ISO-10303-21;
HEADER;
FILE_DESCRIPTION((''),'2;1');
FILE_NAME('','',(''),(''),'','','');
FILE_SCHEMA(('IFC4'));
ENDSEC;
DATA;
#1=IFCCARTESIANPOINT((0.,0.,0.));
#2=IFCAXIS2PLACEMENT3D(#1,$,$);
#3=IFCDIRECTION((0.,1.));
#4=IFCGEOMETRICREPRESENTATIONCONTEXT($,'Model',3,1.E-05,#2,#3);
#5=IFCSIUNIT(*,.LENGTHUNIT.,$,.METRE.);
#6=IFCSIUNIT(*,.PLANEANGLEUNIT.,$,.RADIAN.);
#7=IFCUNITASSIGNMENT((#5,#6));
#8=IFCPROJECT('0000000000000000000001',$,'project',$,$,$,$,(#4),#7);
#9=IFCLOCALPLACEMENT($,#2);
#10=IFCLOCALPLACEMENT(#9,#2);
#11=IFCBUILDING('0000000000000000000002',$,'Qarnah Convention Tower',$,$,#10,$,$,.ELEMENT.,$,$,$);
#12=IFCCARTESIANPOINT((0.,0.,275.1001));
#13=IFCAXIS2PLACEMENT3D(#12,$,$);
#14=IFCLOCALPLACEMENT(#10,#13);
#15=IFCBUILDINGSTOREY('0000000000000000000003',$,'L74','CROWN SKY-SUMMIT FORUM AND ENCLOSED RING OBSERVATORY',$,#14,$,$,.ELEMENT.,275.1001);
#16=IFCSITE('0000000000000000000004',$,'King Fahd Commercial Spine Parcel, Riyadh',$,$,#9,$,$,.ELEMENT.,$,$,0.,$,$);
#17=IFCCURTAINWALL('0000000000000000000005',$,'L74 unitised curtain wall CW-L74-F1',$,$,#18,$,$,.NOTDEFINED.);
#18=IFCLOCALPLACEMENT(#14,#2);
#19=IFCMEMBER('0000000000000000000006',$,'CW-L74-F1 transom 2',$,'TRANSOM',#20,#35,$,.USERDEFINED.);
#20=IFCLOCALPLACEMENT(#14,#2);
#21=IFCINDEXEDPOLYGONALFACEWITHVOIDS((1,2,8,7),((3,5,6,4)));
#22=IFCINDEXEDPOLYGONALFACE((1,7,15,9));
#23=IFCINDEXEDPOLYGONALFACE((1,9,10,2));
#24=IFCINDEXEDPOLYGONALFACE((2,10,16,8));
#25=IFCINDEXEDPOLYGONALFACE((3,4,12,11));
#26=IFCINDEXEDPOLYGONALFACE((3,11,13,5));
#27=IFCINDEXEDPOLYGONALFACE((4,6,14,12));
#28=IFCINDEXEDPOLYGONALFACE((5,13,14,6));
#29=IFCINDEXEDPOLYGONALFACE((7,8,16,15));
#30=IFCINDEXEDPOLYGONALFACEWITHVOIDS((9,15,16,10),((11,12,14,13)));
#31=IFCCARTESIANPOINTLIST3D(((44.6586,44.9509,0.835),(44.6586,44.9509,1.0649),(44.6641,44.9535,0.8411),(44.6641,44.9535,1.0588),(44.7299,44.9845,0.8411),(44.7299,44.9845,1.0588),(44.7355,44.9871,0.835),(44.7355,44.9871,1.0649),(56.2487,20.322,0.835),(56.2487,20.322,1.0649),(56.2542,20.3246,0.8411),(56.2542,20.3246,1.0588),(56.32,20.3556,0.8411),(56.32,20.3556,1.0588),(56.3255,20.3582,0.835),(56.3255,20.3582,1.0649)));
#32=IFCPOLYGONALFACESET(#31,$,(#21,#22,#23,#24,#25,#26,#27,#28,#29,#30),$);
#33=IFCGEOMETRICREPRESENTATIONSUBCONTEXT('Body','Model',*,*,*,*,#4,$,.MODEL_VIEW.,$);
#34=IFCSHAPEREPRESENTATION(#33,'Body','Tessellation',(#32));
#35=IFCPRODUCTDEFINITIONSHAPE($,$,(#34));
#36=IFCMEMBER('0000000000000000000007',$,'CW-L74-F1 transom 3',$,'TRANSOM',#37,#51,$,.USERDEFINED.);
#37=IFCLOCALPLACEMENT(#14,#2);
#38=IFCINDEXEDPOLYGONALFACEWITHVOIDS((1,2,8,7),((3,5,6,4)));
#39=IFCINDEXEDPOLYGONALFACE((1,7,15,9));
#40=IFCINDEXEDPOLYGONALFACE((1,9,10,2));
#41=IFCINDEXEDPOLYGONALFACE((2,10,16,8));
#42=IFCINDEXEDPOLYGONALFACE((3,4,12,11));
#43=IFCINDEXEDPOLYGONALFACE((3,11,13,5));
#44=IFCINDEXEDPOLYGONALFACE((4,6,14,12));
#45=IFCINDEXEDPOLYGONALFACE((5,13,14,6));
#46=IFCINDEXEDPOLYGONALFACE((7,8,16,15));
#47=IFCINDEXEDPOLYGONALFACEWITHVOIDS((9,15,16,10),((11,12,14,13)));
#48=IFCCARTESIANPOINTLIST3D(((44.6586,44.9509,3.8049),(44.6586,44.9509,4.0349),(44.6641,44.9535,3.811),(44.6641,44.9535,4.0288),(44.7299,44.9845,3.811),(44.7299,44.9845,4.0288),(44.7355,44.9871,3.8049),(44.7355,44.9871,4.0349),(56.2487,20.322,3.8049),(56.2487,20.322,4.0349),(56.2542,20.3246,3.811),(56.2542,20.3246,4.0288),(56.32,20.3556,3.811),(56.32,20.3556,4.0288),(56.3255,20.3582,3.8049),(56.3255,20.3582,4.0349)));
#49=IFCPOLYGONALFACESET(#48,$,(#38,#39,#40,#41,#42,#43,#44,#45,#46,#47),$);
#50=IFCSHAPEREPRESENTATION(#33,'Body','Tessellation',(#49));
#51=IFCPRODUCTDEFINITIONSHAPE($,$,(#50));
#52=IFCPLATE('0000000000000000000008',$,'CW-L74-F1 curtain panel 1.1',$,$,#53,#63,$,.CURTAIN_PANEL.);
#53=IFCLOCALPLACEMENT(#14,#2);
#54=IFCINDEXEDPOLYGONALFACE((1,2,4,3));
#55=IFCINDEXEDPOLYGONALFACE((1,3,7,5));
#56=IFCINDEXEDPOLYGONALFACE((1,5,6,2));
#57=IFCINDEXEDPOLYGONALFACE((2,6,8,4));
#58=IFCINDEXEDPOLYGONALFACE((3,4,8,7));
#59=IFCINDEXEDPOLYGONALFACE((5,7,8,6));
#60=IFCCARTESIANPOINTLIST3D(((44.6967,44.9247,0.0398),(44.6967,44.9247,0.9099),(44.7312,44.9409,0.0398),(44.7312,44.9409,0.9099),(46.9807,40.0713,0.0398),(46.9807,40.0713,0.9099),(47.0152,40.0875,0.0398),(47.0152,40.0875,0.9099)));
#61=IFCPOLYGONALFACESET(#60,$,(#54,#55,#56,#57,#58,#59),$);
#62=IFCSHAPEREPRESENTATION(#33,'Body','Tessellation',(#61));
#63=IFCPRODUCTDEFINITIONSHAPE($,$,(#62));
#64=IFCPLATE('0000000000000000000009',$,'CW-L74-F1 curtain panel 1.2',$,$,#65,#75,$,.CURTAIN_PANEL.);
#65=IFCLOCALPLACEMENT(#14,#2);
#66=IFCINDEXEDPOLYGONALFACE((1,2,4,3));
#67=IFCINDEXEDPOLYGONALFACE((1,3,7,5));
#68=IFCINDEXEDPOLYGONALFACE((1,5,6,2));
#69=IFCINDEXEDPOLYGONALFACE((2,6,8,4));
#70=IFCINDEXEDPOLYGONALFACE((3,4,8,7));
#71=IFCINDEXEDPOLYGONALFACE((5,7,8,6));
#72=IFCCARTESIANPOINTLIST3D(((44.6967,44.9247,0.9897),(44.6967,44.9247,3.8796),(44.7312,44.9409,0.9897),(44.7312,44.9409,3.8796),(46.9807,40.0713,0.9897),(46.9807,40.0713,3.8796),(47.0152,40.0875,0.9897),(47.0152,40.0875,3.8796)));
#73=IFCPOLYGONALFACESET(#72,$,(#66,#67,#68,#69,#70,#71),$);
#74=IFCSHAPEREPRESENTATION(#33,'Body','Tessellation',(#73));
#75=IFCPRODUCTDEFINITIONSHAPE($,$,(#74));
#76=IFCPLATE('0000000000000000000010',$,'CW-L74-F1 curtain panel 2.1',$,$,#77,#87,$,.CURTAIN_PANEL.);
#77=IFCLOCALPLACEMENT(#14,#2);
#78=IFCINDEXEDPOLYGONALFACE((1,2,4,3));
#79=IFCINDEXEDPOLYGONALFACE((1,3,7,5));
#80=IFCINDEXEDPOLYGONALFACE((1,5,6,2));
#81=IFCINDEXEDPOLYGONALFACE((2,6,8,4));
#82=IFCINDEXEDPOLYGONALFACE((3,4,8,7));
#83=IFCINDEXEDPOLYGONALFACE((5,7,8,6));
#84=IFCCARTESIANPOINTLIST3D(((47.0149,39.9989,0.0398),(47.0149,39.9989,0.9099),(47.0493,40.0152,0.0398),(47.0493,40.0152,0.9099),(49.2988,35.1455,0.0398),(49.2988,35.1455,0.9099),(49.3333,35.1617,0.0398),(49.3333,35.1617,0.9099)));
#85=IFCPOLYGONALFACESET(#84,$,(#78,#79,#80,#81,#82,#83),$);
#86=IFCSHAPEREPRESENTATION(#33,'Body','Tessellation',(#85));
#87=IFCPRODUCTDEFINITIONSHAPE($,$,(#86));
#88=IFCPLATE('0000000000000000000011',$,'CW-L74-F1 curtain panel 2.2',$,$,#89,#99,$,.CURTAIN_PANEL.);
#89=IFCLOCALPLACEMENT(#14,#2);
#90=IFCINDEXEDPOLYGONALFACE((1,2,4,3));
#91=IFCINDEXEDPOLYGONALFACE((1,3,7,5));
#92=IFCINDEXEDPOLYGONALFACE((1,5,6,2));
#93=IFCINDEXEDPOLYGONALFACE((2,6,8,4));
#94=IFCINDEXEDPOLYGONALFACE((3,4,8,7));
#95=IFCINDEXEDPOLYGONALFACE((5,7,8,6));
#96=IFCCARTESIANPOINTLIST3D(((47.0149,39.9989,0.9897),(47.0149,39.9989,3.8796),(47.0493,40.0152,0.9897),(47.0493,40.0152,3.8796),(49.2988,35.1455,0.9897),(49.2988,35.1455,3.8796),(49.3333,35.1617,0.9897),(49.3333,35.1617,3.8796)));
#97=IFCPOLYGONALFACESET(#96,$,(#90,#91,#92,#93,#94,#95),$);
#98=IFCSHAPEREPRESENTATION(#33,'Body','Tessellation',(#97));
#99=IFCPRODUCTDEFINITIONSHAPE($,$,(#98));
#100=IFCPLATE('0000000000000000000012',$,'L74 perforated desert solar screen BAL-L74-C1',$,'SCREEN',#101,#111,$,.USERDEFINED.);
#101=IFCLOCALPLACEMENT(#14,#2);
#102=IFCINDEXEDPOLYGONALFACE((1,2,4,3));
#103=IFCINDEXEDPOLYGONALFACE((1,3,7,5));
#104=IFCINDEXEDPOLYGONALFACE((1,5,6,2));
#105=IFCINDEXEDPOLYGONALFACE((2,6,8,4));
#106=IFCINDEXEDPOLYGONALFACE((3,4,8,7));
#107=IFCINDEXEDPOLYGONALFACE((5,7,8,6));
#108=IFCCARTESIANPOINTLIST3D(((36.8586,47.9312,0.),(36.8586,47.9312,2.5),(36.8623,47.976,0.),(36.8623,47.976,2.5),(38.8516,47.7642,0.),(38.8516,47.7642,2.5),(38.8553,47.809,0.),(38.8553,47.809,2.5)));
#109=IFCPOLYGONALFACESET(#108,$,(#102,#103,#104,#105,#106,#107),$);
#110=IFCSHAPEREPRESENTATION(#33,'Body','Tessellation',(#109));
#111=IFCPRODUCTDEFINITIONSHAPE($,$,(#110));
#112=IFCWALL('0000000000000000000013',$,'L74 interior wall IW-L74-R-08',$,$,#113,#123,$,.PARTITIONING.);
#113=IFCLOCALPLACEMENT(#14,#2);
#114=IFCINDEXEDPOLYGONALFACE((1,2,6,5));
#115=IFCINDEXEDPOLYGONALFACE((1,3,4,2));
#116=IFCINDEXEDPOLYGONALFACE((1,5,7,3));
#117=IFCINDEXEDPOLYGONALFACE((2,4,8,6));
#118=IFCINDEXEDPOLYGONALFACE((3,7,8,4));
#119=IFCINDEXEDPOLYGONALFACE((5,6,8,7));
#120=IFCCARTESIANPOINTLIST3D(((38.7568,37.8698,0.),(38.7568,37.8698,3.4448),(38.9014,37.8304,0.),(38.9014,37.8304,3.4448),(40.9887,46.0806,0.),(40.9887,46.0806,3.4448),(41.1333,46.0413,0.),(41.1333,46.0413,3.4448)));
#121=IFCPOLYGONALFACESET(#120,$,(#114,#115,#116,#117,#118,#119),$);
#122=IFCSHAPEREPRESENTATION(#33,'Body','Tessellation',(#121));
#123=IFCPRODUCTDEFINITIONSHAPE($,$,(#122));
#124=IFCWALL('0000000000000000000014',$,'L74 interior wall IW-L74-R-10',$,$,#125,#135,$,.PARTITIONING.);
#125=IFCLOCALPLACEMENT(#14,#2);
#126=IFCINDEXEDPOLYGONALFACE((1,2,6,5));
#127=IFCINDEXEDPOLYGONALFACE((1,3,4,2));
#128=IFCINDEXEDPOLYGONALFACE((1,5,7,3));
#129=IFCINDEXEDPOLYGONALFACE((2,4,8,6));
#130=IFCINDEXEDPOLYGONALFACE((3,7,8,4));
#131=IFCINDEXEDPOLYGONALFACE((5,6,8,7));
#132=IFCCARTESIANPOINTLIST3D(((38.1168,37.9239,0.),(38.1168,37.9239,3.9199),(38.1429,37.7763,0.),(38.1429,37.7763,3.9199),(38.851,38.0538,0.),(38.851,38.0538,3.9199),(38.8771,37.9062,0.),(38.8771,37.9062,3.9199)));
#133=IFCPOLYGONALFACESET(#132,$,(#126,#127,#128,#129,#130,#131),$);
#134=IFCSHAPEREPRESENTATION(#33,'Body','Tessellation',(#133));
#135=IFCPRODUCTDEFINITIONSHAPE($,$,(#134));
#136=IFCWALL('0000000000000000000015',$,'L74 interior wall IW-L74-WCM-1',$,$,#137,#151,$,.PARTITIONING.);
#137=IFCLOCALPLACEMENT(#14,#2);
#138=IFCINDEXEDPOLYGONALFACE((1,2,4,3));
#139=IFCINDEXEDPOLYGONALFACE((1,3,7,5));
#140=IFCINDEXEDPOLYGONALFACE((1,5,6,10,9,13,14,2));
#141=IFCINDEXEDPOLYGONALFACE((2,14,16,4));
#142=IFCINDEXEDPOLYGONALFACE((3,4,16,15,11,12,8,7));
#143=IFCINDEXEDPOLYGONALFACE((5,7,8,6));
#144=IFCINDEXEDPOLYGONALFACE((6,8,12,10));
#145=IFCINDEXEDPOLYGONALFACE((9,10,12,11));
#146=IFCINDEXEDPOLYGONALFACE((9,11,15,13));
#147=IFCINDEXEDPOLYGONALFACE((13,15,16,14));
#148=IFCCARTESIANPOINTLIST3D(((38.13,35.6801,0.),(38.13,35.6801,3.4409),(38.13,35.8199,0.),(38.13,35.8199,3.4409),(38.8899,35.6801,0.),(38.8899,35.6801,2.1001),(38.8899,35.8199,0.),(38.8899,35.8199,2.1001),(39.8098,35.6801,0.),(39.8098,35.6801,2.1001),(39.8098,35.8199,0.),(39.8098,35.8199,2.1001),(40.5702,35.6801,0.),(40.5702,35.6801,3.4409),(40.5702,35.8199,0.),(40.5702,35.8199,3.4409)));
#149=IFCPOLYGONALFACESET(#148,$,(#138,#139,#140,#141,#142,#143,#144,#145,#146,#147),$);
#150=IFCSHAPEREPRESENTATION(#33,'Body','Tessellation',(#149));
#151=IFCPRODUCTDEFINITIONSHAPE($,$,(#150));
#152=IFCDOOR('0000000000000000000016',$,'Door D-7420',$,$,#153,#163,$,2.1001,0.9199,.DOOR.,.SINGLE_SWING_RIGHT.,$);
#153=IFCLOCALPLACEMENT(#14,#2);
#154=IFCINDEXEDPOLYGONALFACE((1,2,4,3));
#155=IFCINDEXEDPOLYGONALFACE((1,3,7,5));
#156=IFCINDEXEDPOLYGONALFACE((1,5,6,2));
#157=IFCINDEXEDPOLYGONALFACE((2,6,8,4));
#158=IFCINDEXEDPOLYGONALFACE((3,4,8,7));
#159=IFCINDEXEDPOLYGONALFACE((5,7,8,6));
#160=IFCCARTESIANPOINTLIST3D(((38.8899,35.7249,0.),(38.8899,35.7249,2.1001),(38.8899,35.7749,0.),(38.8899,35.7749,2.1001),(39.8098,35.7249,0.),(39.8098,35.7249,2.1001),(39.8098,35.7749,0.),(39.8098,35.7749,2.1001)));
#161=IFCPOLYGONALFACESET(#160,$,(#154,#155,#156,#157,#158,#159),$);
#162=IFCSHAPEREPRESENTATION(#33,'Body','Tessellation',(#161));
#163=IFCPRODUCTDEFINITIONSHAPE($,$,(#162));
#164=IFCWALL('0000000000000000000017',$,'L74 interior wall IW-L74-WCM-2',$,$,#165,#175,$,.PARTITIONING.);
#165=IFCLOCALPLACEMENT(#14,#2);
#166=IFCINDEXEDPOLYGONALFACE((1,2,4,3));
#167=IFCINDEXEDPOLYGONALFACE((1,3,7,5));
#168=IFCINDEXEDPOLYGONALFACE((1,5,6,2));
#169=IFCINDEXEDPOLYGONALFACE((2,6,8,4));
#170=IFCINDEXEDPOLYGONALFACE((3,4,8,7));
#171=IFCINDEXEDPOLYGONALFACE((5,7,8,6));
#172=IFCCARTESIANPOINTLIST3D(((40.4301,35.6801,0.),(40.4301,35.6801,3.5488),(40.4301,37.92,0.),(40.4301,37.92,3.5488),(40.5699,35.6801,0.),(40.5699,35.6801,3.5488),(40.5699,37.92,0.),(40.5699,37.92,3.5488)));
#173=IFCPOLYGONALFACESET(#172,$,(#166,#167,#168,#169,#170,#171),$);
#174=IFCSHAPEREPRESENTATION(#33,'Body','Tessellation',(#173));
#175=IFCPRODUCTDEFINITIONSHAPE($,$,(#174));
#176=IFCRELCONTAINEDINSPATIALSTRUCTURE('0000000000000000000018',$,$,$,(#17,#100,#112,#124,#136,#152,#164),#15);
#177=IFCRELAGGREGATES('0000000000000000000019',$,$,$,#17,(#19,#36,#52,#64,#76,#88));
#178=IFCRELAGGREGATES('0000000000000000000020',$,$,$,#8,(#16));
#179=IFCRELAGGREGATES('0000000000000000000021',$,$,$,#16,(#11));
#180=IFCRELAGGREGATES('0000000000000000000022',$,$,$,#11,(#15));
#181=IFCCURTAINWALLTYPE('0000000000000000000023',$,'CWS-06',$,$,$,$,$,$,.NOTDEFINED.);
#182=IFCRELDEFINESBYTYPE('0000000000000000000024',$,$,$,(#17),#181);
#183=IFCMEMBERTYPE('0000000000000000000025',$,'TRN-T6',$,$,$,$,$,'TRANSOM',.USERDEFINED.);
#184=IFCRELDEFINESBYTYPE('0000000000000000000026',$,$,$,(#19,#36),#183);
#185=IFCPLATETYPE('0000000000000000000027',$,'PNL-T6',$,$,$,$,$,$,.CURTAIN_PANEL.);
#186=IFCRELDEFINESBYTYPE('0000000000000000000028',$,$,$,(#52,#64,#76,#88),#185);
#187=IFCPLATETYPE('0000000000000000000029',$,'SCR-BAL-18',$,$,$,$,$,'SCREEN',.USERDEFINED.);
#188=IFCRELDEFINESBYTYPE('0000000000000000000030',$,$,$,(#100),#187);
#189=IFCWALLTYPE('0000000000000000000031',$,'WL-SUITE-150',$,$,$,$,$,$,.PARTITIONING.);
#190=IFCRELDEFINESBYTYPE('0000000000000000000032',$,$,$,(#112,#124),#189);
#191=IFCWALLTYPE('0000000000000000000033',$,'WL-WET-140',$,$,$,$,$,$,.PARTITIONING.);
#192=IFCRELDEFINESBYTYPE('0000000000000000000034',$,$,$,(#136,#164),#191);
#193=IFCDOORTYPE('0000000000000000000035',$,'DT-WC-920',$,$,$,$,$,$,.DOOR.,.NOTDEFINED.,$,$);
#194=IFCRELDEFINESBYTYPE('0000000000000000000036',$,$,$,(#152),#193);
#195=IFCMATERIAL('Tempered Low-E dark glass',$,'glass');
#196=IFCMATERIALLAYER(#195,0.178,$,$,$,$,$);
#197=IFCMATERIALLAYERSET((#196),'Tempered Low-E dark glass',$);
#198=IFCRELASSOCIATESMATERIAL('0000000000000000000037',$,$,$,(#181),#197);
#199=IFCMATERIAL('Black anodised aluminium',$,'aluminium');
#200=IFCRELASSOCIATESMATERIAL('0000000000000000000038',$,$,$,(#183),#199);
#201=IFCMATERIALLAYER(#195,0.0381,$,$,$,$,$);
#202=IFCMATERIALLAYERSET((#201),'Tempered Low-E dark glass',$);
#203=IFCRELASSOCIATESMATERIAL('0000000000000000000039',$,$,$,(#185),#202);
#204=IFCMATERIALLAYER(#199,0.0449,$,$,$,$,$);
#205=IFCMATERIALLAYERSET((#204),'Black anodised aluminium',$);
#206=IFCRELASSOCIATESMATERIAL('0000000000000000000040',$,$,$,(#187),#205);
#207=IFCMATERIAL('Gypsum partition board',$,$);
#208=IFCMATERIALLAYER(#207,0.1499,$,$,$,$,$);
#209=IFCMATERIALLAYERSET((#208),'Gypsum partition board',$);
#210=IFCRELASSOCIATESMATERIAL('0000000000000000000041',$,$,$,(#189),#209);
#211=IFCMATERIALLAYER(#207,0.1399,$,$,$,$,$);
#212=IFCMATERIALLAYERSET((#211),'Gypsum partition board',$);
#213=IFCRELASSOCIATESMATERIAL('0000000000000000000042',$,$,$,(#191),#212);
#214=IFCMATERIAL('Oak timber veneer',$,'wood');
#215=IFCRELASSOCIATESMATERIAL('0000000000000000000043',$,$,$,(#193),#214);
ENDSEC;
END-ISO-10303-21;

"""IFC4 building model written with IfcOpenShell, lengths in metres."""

from ifc_helpers import new_model, si_unit, direction, frame, frame_2d, origin, origin_2d, place, context, subcontext, project, spatial, rectangle, hollow_rectangle, extrude, material, layer, layer_set, material_profile, profile_set, type_object, element, fill, aggregate, save


model = new_model("IFC4")

# Units and contexts
model_context = context("Model", 3, precision=1e-05, world=origin(), true_north=direction((0.0, 1.0)))
body_context = subcontext(model_context, "Body", "Model", "MODEL_VIEW")
ifc_project = project(units=[si_unit("LENGTHUNIT", "METRE"), si_unit("PLANEANGLEUNIT", "RADIAN")], contexts=[model_context])

# Site, building, storey
site_placement = place(None, origin())
site = spatial("IfcSite", under=ifc_project, at=site_placement, Name="King Fahd Commercial Spine Parcel, Riyadh", CompositionType="ELEMENT", RefElevation=0.0)
building_placement = place(site_placement, origin())
building = spatial("IfcBuilding", under=site, at=building_placement, Name="Qarnah Convention Tower", CompositionType="ELEMENT")
storey_placement = place(building_placement, frame((0.0, 0.0, 275.1001)))
storey = spatial("IfcBuildingStorey", under=building, at=storey_placement, Name="L74", Description="CROWN SKY-SUMMIT FORUM AND ENCLOSED RING OBSERVATORY", CompositionType="ELEMENT", Elevation=275.1001)

# Curtain wall, members, plates
ifc_material_1 = material(Name="Tempered Low-E dark glass", Category="glass")
ifc_layer_1 = layer(ifc_material_1, 0.178)
ifc_layer_set_1 = layer_set([ifc_layer_1], Name="Tempered Low-E dark glass")
curtain_wall_type = type_object("IfcCurtainWallType", Name="CWS-06", PredefinedType="NOTDEFINED", material=ifc_layer_set_1)
curtain_wall_placement = place(storey_placement, origin())
curtain_wall = element("IfcCurtainWall", 1, at=curtain_wall_placement, inside=storey, type_object=curtain_wall_type, Name="L74 unitised curtain wall CW-L74-F1", PredefinedType="NOTDEFINED")
ifc_material_2 = material(Name="Black anodised aluminium", Category="aluminium")
ifc_material_profile_1 = material_profile(ifc_material_2, hollow_rectangle(XDim=0.085, YDim=0.23, WallThickness=0.0061, at=origin_2d()), Name="TRN-85X230")
ifc_profile_set_1 = profile_set([ifc_material_profile_1], Name="Black anodised aluminium")
member_type_1 = type_object("IfcMemberType", Name="TRN-T6", ElementType="TRANSOM", PredefinedType="USERDEFINED", material=ifc_profile_set_1)
member_1_placement = place(storey_placement, frame((44.697, 44.969, 0.95), z_axis=(0.425797, -0.904818, 0.0), x_axis=(0.904818, 0.425797, 0.0)))
member_1 = element("IfcMember", 2, at=member_1_placement, type_object=member_type_1, Name="CW-L74-F1 transom 2", ObjectType="TRANSOM", PredefinedType="USERDEFINED", context=body_context, shape_type="SweptSolid", body=[
    extrude(hollow_rectangle(XDim=0.085, YDim=0.23, WallThickness=0.0061, at=origin_2d()), origin(), (0.0, 0.0, 1.0), 27.2197),
])
member_2_placement = place(storey_placement, frame((44.697, 44.969, 3.9199), z_axis=(0.425797, -0.904818, 0.0), x_axis=(0.904818, 0.425797, 0.0)))
member_2 = element("IfcMember", 3, at=member_2_placement, type_object=member_type_1, Name="CW-L74-F1 transom 3", ObjectType="TRANSOM", PredefinedType="USERDEFINED", context=body_context, shape_type="SweptSolid", body=[
    extrude(hollow_rectangle(XDim=0.085, YDim=0.23, WallThickness=0.0061, at=origin_2d()), origin(), (0.0, 0.0, 1.0), 27.2197),
])
ifc_layer_2 = layer(ifc_material_1, 0.0381)
ifc_layer_set_2 = layer_set([ifc_layer_2], Name="Tempered Low-E dark glass")
plate_type_1 = type_object("IfcPlateType", Name="PNL-T6", PredefinedType="CURTAIN_PANEL", material=ifc_layer_set_2)
plate_1_placement = place(storey_placement, frame((45.856, 42.5061, 0.0398), z_axis=(0.0, 0.0, 1.0), x_axis=(0.425794, -0.90482, 0.0)))
plate_1 = element("IfcPlate", 4, at=plate_1_placement, type_object=plate_type_1, Name="CW-L74-F1 curtain panel 1.1", PredefinedType="CURTAIN_PANEL", context=body_context, shape_type="SweptSolid", body=[
    extrude(rectangle(XDim=5.364, YDim=0.0381, at=origin_2d()), origin(), (0.0, 0.0, 1.0), 0.8701),
])
plate_2_placement = place(storey_placement, frame((45.856, 42.5061, 0.9897), z_axis=(0.0, 0.0, 1.0), x_axis=(0.425794, -0.90482, 0.0)))
plate_2 = element("IfcPlate", 5, at=plate_2_placement, type_object=plate_type_1, Name="CW-L74-F1 curtain panel 1.2", PredefinedType="CURTAIN_PANEL", context=body_context, shape_type="SweptSolid", body=[
    extrude(rectangle(XDim=5.364, YDim=0.0381, at=origin_2d()), origin(), (0.0, 0.0, 1.0), 2.8899),
])
plate_3_placement = place(storey_placement, frame((48.1741, 37.5803, 0.0398), z_axis=(0.0, 0.0, 1.0), x_axis=(0.425794, -0.90482, 0.0)))
plate_3 = element("IfcPlate", 6, at=plate_3_placement, type_object=plate_type_1, Name="CW-L74-F1 curtain panel 2.1", PredefinedType="CURTAIN_PANEL", context=body_context, shape_type="SweptSolid", body=[
    extrude(rectangle(XDim=5.364, YDim=0.0381, at=origin_2d()), origin(), (0.0, 0.0, 1.0), 0.8701),
])
plate_4_placement = place(storey_placement, frame((48.1741, 37.5803, 0.9897), z_axis=(0.0, 0.0, 1.0), x_axis=(0.425794, -0.90482, 0.0)))
plate_4 = element("IfcPlate", 7, at=plate_4_placement, type_object=plate_type_1, Name="CW-L74-F1 curtain panel 2.2", PredefinedType="CURTAIN_PANEL", context=body_context, shape_type="SweptSolid", body=[
    extrude(rectangle(XDim=5.364, YDim=0.0381, at=origin_2d()), origin(), (0.0, 0.0, 1.0), 2.8899),
])
aggregate(curtain_wall, [member_1, member_2, plate_1, plate_2, plate_3, plate_4])

# Plate
ifc_layer_3 = layer(ifc_material_2, 0.0449)
ifc_layer_set_3 = layer_set([ifc_layer_3], Name="Black anodised aluminium")
plate_type_2 = type_object("IfcPlateType", Name="SCR-BAL-18", ElementType="SCREEN", PredefinedType="USERDEFINED", material=ifc_layer_set_3)
plate_5_placement = place(storey_placement, frame((37.8569, 47.8701, 0.0), z_axis=(0.0, 0.0, 1.0), x_axis=(0.996508, -0.0835, 0.0)))
element("IfcPlate", 8, at=plate_5_placement, inside=storey, type_object=plate_type_2, Name="L74 perforated desert solar screen BAL-L74-C1", ObjectType="SCREEN", PredefinedType="USERDEFINED", context=body_context, shape_type="SweptSolid", body=[
    extrude(rectangle(XDim=2.0, YDim=0.0449, at=origin_2d()), origin(), (0.0, 0.0, 1.0), 2.5),
])

# Walls
ifc_material_3 = material(Name="Gypsum partition board")
ifc_layer_4 = layer(ifc_material_3, 0.1499)
ifc_layer_set_4 = layer_set([ifc_layer_4], Name="Gypsum partition board")
wall_type_1 = type_object("IfcWallType", Name="WL-SUITE-150", PredefinedType="PARTITIONING", material=ifc_layer_set_4)
wall_1_placement = place(storey_placement, frame((38.8291, 37.8501, 0.0), z_axis=(0.0, 0.0, 1.0), x_axis=(0.262306, 0.964985, 0.0)))
element("IfcWall", 9, at=wall_1_placement, inside=storey, type_object=wall_type_1, Name="L74 interior wall IW-L74-R-08", PredefinedType="PARTITIONING", context=body_context, shape_type="SweptSolid", body=[
    extrude(rectangle(XDim=8.5088, YDim=0.1499, at=frame_2d((4.2544, 0.0))), origin(), (0.0, 0.0, 1.0), 3.4448),
])
wall_2_placement = place(storey_placement, frame((38.1299, 37.8501, 0.0), z_axis=(0.0, 0.0, 1.0), x_axis=(0.984708, 0.174215, 0.0)))
element("IfcWall", 10, at=wall_2_placement, inside=storey, type_object=wall_type_1, Name="L74 interior wall IW-L74-R-10", PredefinedType="PARTITIONING", context=body_context, shape_type="SweptSolid", body=[
    extrude(rectangle(XDim=0.7456, YDim=0.1499, at=frame_2d((0.3728, 0.0))), origin(), (0.0, 0.0, 1.0), 3.9199),
])

# Wall, opening, door
ifc_layer_5 = layer(ifc_material_3, 0.1399)
ifc_layer_set_5 = layer_set([ifc_layer_5], Name="Gypsum partition board")
wall_type_2 = type_object("IfcWallType", Name="WL-WET-140", PredefinedType="PARTITIONING", material=ifc_layer_set_5)
wall_3_placement = place(storey_placement, frame((38.1299, 35.75, 0.0), z_axis=(0.0, 0.0, 1.0), x_axis=(1.0, 0.0, 0.0)))
wall_3 = element("IfcWall", 11, at=wall_3_placement, inside=storey, type_object=wall_type_2, Name="L74 interior wall IW-L74-WCM-1", PredefinedType="PARTITIONING", context=body_context, shape_type="SweptSolid", body=[
    extrude(rectangle(XDim=2.4402, YDim=0.1399, at=frame_2d((1.2202, 0.0))), origin(), (0.0, 0.0, 1.0), 3.4409),
])
opening_1_placement = place(wall_3_placement, frame((0.76, 0.0, 0.0)))
opening_1 = element("IfcOpeningElement", 12, at=opening_1_placement, cuts=wall_3, PredefinedType="OPENING", context=body_context, shape_type="SweptSolid", body=[
    extrude(rectangle(XDim=0.9199, YDim=2.1001, at=frame_2d((0.46, 1.05))), frame((0.0, 0.0798, 0.0), z_axis=(0.0, -1.0, 0.0), x_axis=(1.0, 0.0, 0.0)), (0.0, 0.0, 1.0), 0.1599),
])
ifc_material_4 = material(Name="Oak timber veneer", Category="wood")
door_type = type_object("IfcDoorType", Name="DT-WC-920", OperationType="NOTDEFINED", PredefinedType="DOOR", material=ifc_material_4)
door_1_placement = place(opening_1_placement, origin())
door_1 = element("IfcDoor", 13, at=door_1_placement, inside=storey, type_object=door_type, Name="Door D-7420", OperationType="SINGLE_SWING_RIGHT", OverallHeight=2.1001, OverallWidth=0.9199, PredefinedType="DOOR", context=body_context, shape_type="SweptSolid", body=[
    extrude(rectangle(XDim=0.9199, YDim=2.1001, at=frame_2d((0.46, 1.05))), frame((0.0, 0.0249, 0.0), z_axis=(0.0, -1.0, 0.0), x_axis=(1.0, 0.0, 0.0)), (0.0, 0.0, 1.0), 0.05),
])
fill(opening_1, door_1)

# Wall
wall_4_placement = place(storey_placement, frame((40.5, 35.6799, 0.0), z_axis=(0.0, 0.0, 1.0), x_axis=(0.0, 1.0, 0.0)))
element("IfcWall", 14, at=wall_4_placement, inside=storey, type_object=wall_type_2, Name="L74 interior wall IW-L74-WCM-2", PredefinedType="PARTITIONING", context=body_context, shape_type="SweptSolid", body=[
    extrude(rectangle(XDim=2.24, YDim=0.1399, at=frame_2d((1.1201, 0.0))), origin(), (0.0, 0.0, 1.0), 3.5488),
])

save(model, "model.ifc")
